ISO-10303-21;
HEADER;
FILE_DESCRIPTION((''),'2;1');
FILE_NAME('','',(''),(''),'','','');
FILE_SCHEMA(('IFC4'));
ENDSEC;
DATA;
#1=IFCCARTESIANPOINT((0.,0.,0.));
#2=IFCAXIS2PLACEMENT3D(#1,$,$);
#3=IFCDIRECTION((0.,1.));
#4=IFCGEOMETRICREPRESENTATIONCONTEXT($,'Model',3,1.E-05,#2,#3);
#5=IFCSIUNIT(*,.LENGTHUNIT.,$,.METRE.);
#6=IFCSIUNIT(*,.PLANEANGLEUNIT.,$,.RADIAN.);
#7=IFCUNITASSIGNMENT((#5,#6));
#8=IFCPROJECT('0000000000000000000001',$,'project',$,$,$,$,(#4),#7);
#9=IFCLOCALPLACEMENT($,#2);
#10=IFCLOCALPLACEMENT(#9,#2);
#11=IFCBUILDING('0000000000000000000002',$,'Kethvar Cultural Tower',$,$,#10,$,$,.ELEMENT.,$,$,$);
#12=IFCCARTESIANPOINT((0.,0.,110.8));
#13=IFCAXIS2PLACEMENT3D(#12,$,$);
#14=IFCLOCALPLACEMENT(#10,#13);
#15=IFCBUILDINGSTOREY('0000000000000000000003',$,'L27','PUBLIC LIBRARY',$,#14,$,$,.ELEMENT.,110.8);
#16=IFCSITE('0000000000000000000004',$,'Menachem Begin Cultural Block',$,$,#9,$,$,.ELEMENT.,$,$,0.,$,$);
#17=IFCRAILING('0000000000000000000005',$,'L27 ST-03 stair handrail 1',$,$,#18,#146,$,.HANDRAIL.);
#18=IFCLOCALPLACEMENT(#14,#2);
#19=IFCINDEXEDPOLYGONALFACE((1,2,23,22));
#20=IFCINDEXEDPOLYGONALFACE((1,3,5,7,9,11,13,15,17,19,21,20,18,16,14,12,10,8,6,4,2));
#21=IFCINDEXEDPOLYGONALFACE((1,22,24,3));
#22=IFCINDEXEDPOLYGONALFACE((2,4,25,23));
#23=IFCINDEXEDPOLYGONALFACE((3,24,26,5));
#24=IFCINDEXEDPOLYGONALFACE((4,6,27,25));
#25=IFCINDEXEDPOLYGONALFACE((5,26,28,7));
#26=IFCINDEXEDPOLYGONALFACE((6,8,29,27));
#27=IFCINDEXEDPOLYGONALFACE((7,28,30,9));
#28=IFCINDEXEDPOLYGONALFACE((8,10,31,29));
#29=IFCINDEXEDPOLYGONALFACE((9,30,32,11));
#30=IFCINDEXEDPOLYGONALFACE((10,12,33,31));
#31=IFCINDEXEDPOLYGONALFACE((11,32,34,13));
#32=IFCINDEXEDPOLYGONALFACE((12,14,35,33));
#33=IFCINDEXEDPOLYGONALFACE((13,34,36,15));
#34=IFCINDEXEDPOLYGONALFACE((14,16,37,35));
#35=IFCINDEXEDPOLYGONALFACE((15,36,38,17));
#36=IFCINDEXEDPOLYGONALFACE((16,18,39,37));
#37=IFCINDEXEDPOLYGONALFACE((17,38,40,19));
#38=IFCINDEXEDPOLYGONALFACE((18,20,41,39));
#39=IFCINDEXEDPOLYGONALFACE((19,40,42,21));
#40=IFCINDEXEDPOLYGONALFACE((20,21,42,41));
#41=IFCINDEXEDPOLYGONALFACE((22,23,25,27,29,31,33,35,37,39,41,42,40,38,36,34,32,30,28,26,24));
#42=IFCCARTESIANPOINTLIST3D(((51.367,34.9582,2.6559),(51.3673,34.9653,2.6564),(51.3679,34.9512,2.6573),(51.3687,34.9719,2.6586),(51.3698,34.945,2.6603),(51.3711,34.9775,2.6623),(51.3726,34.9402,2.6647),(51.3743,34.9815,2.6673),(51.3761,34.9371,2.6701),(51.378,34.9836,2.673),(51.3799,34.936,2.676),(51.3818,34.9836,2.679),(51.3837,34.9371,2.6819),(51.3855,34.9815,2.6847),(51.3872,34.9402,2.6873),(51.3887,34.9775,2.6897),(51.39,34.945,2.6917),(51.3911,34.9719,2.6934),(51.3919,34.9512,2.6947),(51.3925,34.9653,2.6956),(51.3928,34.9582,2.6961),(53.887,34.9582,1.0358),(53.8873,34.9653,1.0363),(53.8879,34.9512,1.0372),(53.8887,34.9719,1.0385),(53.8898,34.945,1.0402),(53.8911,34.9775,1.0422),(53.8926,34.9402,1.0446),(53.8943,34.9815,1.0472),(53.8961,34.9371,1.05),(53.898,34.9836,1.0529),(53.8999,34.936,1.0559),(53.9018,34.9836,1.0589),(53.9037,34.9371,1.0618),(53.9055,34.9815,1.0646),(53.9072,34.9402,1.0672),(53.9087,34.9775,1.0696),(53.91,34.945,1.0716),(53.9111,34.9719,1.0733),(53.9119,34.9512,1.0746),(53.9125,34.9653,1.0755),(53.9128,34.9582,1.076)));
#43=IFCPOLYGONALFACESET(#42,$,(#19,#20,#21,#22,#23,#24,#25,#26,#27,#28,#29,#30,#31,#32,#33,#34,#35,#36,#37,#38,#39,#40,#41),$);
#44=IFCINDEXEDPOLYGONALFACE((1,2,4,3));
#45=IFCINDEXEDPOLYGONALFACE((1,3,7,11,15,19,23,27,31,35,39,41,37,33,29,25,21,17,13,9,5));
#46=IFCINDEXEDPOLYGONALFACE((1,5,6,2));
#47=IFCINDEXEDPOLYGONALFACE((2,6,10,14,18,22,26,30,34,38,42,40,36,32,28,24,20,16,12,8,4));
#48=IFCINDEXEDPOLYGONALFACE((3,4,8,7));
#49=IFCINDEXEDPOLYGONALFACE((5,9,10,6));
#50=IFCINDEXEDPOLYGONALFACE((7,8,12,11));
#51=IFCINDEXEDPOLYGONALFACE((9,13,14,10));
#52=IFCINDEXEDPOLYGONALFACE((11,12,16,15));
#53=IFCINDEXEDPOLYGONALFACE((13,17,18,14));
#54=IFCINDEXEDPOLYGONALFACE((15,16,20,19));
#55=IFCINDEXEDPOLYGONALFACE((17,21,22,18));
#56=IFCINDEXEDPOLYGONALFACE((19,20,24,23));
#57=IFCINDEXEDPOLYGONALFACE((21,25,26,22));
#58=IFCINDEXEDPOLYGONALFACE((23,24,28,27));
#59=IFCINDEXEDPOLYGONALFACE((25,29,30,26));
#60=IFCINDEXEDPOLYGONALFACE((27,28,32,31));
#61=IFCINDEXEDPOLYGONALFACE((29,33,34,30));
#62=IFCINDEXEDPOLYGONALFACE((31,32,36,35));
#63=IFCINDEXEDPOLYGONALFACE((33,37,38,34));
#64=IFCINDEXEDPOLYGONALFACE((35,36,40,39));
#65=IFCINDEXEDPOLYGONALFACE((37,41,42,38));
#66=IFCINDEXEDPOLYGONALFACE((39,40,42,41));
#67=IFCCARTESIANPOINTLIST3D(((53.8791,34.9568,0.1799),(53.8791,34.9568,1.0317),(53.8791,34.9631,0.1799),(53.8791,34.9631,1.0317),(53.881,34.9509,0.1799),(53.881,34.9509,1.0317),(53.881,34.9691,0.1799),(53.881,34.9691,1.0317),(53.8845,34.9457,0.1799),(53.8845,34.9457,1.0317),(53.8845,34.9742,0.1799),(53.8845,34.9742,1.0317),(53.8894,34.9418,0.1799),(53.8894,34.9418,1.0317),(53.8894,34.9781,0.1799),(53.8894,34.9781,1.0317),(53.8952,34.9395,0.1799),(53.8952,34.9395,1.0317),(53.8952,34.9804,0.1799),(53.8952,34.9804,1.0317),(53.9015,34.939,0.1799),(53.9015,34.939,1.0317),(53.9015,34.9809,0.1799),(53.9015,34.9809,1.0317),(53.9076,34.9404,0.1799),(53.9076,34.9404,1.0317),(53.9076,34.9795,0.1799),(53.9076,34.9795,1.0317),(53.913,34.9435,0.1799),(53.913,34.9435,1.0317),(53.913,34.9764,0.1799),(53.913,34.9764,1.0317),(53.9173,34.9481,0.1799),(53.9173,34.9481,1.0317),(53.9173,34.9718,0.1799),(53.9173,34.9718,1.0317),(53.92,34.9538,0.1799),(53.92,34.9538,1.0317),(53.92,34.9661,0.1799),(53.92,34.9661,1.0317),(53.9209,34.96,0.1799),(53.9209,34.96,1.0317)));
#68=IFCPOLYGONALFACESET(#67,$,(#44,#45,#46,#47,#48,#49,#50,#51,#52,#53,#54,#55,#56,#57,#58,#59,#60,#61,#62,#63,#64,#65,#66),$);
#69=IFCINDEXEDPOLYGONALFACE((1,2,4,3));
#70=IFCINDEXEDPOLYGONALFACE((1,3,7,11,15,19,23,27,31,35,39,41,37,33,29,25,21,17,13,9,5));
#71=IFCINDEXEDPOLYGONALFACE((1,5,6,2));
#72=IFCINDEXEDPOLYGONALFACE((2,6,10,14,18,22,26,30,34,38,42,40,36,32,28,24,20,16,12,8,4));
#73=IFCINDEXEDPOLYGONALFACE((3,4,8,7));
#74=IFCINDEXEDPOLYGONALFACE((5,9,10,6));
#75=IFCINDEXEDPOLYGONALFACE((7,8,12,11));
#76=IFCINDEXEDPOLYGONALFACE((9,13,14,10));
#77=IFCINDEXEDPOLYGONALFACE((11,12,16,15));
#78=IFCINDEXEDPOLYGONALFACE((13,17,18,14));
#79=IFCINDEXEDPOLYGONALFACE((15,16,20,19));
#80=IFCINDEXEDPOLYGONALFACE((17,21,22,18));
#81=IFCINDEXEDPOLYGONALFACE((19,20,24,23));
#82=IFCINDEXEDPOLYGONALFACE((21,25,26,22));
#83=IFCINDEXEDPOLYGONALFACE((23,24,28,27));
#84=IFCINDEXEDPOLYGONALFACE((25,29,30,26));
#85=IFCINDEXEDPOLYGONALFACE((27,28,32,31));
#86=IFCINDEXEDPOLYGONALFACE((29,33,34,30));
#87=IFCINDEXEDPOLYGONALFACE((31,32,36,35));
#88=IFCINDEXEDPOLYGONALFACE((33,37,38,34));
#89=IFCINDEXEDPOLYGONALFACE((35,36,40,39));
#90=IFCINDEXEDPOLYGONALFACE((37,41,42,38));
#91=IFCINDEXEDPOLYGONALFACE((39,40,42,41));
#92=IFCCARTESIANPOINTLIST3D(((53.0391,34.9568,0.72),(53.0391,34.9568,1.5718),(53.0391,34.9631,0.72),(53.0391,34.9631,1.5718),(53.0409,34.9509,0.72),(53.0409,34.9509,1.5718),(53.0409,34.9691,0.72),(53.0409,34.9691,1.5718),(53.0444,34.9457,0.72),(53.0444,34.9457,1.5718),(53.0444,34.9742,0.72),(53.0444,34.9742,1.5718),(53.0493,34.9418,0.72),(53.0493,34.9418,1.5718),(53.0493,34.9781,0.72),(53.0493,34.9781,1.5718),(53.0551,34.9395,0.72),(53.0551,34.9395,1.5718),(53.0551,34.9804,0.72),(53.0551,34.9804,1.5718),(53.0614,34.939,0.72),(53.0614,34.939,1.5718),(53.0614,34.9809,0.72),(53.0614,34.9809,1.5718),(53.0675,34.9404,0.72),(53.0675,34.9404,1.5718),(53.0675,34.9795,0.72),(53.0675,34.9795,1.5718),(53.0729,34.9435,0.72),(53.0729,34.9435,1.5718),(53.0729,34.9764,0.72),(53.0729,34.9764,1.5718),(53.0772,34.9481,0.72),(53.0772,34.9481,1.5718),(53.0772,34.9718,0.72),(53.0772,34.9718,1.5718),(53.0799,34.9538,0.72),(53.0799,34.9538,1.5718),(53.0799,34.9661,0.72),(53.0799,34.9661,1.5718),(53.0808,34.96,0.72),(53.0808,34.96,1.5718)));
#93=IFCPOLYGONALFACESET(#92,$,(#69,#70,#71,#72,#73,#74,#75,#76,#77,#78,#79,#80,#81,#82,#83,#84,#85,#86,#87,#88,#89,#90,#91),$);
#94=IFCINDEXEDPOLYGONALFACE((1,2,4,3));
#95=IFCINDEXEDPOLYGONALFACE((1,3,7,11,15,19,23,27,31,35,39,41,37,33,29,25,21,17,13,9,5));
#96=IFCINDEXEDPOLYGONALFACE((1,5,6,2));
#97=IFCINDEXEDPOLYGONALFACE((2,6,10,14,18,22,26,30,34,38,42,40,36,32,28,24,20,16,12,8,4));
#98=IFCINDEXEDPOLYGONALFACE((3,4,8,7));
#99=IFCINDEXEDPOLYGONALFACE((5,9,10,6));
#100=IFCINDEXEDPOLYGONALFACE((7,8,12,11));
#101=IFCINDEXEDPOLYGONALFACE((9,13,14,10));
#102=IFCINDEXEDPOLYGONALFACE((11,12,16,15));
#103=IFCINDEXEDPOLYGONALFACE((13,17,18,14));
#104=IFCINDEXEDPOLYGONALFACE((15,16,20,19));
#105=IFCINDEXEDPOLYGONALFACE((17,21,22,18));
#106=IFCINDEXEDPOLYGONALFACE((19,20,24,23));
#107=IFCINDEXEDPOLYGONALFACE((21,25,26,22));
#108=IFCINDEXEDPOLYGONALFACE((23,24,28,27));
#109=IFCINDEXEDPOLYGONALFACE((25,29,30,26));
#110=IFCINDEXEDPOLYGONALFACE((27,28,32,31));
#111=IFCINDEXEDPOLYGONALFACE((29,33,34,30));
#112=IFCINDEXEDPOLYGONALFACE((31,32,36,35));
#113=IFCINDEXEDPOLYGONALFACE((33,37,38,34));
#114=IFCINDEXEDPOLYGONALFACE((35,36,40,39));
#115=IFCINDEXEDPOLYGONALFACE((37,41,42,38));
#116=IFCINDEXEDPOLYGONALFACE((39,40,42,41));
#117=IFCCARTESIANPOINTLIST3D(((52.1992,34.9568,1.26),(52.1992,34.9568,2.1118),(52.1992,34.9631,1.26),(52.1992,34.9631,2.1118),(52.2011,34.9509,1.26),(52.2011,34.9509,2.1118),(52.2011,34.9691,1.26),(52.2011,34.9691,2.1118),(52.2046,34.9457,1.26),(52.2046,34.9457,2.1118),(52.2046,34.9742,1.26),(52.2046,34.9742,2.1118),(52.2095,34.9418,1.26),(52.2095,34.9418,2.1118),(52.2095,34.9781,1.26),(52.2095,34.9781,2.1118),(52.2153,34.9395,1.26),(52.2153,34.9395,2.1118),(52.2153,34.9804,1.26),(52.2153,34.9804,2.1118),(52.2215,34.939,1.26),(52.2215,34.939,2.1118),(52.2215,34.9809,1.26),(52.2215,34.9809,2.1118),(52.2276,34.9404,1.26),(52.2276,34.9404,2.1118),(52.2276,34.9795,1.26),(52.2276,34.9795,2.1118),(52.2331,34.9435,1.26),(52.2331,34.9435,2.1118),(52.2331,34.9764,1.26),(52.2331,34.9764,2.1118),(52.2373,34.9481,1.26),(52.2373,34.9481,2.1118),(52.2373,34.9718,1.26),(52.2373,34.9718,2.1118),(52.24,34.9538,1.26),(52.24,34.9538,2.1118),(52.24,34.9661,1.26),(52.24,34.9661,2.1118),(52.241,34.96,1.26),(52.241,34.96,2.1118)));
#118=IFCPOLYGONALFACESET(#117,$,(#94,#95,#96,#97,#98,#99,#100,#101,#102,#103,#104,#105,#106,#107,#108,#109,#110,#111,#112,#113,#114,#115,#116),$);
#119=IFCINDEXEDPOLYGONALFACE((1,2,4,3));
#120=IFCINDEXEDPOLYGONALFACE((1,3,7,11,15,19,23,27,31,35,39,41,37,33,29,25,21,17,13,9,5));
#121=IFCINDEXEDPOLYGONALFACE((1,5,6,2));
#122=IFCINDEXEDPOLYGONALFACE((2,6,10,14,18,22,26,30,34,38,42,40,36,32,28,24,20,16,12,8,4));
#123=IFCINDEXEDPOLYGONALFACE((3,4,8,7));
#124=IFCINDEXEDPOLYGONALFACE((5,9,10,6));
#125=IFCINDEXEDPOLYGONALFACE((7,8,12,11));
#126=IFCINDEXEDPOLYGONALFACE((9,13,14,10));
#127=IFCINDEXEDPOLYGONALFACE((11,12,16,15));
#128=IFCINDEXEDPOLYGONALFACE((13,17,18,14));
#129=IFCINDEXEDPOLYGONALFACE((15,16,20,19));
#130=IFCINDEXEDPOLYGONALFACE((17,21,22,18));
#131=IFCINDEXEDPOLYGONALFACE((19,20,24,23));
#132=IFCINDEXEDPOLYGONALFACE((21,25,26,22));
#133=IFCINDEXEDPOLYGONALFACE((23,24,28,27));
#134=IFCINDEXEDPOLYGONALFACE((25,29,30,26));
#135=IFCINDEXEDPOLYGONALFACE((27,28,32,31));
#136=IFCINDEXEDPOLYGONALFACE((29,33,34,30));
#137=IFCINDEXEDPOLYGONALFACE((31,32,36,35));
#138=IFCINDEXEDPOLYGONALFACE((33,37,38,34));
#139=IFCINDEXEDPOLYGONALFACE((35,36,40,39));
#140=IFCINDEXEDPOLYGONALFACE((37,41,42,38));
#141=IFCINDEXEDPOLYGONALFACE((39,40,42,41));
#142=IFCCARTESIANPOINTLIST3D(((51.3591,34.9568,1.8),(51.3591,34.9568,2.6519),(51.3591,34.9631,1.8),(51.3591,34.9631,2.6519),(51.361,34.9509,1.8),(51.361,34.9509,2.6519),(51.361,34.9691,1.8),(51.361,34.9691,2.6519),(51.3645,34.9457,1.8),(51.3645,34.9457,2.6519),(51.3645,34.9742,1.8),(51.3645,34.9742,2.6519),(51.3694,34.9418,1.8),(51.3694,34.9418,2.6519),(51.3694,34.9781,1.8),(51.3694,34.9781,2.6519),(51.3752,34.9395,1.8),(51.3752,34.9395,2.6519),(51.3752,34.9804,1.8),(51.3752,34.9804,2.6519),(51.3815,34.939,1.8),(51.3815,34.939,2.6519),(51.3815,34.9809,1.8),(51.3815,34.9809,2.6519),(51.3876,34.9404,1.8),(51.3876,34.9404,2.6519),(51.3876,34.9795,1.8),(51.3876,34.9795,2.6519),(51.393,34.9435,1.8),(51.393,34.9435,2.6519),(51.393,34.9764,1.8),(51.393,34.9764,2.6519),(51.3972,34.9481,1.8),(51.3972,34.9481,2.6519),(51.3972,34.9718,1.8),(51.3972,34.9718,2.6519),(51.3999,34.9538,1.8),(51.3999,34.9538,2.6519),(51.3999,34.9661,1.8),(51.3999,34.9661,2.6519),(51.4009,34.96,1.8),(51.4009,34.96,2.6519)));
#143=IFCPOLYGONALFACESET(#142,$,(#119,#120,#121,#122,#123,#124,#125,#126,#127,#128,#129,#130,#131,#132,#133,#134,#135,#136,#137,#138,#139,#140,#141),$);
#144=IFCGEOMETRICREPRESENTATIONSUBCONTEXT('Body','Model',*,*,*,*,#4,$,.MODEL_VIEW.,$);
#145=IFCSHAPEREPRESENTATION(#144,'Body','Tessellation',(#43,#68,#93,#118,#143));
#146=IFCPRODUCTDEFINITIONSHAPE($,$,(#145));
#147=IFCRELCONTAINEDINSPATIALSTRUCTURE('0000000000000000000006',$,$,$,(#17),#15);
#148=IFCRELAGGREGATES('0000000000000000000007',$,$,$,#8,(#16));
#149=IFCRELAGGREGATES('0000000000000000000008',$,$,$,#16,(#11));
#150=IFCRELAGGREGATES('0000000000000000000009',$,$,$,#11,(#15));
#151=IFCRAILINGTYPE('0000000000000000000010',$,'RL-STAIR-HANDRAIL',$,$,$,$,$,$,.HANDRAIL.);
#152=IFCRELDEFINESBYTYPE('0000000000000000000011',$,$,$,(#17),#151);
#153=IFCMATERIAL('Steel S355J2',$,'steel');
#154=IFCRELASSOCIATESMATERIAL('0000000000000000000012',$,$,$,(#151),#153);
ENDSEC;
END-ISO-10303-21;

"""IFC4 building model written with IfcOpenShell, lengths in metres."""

from ifc_helpers import new_model, si_unit, direction, frame, origin, origin_2d, place, context, subcontext, project, spatial, circle, extrude, material, type_object, element, save


model = new_model("IFC4")

# Units and contexts
model_context = context("Model", 3, precision=1e-05, world=origin(), true_north=direction((0.0, 1.0)))
body_context = subcontext(model_context, "Body", "Model", "MODEL_VIEW")
ifc_project = project(units=[si_unit("LENGTHUNIT", "METRE"), si_unit("PLANEANGLEUNIT", "RADIAN")], contexts=[model_context])

# Site, building, storey
site_placement = place(None, origin())
site = spatial("IfcSite", under=ifc_project, at=site_placement, Name="Menachem Begin Cultural Block", CompositionType="ELEMENT", RefElevation=0.0)
building_placement = place(site_placement, origin())
building = spatial("IfcBuilding", under=site, at=building_placement, Name="Kethvar Cultural Tower", CompositionType="ELEMENT")
storey_placement = place(building_placement, frame((0.0, 0.0, 110.8)))
storey = spatial("IfcBuildingStorey", under=building, at=storey_placement, Name="L27", Description="PUBLIC LIBRARY", CompositionType="ELEMENT", Elevation=110.8)

# Shared definitions
ifc_material_1 = material(Name="Steel S355J2", Category="steel")

# Railing
railing_type_1 = type_object("IfcRailingType", Name="RL-STAIR-HANDRAIL", PredefinedType="HANDRAIL", material=ifc_material_1)
railing_1_placement = place(storey_placement, frame((53.8999, 34.96, 0.1799)))
element("IfcRailing", 1, at=railing_1_placement, inside=storey, type_object=railing_type_1, Name="L27 ST-03 stair handrail 1", PredefinedType="HANDRAIL", context=body_context, shape_type="SweptSolid", body=[
    extrude(circle(Radius=0.0239, at=origin_2d()), frame((0.0, 0.0, 0.876), z_axis=(-0.841163, 0.0, 0.540782), x_axis=(0.0, -1.0, 0.0)), (0.0, 0.0, 1.0), 2.9958),
    extrude(circle(Radius=0.021, at=origin_2d()), origin(), (0.0, 0.0, 1.0), 0.8518),
    extrude(circle(Radius=0.021, at=origin_2d()), frame((-0.8401, 0.0, 0.54)), (0.0, 0.0, 1.0), 0.8518),
    extrude(circle(Radius=0.021, at=origin_2d()), frame((-1.6799, 0.0, 1.0801)), (0.0, 0.0, 1.0), 0.8518),
    extrude(circle(Radius=0.021, at=origin_2d()), frame((-2.52, 0.0, 1.6201)), (0.0, 0.0, 1.0), 0.8518),
])

save(model, "model.ifc")
